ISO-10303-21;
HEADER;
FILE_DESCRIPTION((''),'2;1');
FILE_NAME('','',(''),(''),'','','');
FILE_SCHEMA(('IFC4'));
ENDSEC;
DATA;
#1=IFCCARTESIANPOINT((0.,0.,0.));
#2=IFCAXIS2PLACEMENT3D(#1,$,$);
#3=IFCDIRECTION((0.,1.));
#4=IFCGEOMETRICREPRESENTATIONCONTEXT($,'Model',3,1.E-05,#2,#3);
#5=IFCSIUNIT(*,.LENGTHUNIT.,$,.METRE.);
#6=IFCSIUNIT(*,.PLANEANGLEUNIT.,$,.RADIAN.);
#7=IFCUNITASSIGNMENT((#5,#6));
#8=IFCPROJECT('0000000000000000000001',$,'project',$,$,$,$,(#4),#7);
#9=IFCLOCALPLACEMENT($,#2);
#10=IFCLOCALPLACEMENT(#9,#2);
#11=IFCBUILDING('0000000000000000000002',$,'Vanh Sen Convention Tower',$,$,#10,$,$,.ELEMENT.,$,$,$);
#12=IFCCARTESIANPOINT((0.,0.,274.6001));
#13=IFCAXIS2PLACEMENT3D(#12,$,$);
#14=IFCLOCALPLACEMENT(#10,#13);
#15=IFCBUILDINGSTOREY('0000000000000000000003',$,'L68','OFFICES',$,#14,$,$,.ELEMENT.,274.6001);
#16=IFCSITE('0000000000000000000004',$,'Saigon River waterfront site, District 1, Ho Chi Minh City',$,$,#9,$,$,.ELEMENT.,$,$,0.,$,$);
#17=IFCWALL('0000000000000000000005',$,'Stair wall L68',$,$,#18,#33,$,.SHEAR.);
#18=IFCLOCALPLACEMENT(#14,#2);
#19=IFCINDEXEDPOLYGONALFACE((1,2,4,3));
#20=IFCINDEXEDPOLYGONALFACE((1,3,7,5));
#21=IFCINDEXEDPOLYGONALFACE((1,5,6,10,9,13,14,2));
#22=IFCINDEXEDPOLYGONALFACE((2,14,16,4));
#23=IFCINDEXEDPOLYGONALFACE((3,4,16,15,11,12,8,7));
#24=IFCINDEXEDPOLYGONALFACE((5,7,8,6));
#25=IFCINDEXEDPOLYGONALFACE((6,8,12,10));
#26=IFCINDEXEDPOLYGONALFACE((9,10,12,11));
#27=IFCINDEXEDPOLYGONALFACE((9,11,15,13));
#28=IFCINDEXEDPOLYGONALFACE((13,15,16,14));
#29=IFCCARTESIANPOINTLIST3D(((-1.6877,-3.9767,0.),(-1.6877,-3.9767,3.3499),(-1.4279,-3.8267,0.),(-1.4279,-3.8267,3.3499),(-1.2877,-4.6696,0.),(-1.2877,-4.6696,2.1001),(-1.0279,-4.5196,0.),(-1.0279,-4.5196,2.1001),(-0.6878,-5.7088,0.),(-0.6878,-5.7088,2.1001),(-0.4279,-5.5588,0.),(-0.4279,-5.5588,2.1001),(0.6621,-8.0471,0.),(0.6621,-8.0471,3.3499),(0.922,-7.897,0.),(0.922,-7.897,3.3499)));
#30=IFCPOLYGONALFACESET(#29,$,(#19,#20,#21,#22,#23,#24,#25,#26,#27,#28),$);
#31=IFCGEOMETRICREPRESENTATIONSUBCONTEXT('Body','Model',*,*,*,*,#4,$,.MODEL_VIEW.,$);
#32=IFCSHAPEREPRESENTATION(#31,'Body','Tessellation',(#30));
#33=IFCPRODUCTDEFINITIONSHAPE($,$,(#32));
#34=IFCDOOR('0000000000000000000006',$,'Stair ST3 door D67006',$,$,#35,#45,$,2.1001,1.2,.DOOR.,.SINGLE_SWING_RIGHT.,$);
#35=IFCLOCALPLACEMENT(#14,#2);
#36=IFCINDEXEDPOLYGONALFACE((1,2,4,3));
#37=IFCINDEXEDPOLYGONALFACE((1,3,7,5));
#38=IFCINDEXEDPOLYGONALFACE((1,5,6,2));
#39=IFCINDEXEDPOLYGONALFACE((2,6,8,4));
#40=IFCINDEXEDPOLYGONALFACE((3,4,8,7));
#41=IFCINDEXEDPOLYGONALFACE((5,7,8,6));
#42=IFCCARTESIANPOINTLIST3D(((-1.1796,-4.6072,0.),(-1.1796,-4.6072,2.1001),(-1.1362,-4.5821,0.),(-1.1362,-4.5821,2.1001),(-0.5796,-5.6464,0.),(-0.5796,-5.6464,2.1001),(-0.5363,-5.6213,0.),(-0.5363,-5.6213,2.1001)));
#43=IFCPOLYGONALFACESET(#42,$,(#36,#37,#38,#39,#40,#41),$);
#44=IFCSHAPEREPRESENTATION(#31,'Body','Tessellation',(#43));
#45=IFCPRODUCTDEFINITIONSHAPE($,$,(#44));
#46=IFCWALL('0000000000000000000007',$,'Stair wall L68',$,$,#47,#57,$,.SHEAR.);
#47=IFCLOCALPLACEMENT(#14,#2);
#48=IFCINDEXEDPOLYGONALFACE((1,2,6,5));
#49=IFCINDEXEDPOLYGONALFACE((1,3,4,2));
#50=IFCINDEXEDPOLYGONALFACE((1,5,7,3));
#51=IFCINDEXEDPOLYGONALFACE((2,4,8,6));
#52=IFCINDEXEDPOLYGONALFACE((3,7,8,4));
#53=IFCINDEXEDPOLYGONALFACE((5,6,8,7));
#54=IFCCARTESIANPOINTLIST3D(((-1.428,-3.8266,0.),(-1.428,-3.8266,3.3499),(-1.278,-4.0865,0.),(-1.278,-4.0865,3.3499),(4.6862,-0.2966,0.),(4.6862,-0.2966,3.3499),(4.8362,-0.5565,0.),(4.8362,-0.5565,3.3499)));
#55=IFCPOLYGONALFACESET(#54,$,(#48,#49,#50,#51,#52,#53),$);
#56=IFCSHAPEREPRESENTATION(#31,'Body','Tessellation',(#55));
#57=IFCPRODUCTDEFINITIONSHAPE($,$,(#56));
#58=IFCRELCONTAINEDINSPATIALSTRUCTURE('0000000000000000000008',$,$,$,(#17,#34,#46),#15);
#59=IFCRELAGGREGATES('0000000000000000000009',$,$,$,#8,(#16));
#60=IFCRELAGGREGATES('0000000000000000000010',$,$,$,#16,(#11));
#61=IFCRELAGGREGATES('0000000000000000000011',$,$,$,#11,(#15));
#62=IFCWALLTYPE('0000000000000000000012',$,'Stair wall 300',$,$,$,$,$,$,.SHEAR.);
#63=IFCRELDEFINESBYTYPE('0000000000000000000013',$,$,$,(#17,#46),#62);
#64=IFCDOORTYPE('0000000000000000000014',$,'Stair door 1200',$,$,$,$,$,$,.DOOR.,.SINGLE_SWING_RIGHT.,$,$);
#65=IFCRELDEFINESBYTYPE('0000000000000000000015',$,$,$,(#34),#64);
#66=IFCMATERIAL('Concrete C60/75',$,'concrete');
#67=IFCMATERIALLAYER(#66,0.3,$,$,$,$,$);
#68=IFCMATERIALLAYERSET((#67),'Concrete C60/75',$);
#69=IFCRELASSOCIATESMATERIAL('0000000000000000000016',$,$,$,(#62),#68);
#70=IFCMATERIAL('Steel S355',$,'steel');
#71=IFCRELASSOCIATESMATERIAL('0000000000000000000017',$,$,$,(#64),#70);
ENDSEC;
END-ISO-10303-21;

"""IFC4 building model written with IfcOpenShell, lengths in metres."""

from ifc_helpers import new_model, si_unit, direction, frame, frame_2d, origin, place, context, subcontext, project, spatial, rectangle, extrude, material, layer, layer_set, type_object, element, fill, save


model = new_model("IFC4")

# Units and contexts
model_context = context("Model", 3, precision=1e-05, world=origin(), true_north=direction((0.0, 1.0)))
body_context = subcontext(model_context, "Body", "Model", "MODEL_VIEW")
ifc_project = project(units=[si_unit("LENGTHUNIT", "METRE"), si_unit("PLANEANGLEUNIT", "RADIAN")], contexts=[model_context])

# Site, building, storey
site_placement = place(None, origin())
site = spatial("IfcSite", under=ifc_project, at=site_placement, Name="Saigon River waterfront site, District 1, Ho Chi Minh City", CompositionType="ELEMENT", RefElevation=0.0)
building_placement = place(site_placement, origin())
building = spatial("IfcBuilding", under=site, at=building_placement, Name="Vanh Sen Convention Tower", CompositionType="ELEMENT")
storey_placement = place(building_placement, frame((0.0, 0.0, 274.6001)))
storey = spatial("IfcBuildingStorey", under=building, at=storey_placement, Name="L68", Description="OFFICES", CompositionType="ELEMENT", Elevation=274.6001)

# Shared definitions
ifc_material_1 = material(Name="Concrete C60/75", Category="concrete")
ifc_material_2 = material(Name="Steel S355", Category="steel")

# Shared definitions
ifc_layer_1 = layer(ifc_material_1, 0.3)
ifc_layer_set_1 = layer_set([ifc_layer_1], Name="Concrete C60/75")
wall_type_1 = type_object("IfcWallType", Name="Stair wall 300", PredefinedType="SHEAR", material=ifc_layer_set_1)

# Wall, opening, door
wall_1_placement = place(storey_placement, frame((-1.5579, -3.9016, 0.0), z_axis=(0.0, 0.0, 1.0), x_axis=(0.499977, -0.866039, 0.0)))
wall_1 = element("IfcWall", 1, at=wall_1_placement, inside=storey, type_object=wall_type_1, Name="Stair wall L68", PredefinedType="SHEAR", context=body_context, shape_type="SweptSolid", body=[
    extrude(rectangle(XDim=4.7, YDim=0.3, at=frame_2d((2.3501, 0.0))), origin(), (0.0, 0.0, 1.0), 3.3499),
])
opening_1_placement = place(wall_1_placement, frame((0.8, 0.0, 0.0)))
opening_1 = element("IfcOpeningElement", 2, at=opening_1_placement, cuts=wall_1, PredefinedType="OPENING", context=body_context, shape_type="SweptSolid", body=[
    extrude(rectangle(XDim=1.2, YDim=2.1001, at=frame_2d((0.6001, 1.05))), frame((0.0, 0.1599, 0.0), z_axis=(0.0, -1.0, 0.0), x_axis=(1.0, 0.0, 0.0)), (0.0, 0.0, 1.0), 0.3201),
])
door_type_1 = type_object("IfcDoorType", Name="Stair door 1200", OperationType="SINGLE_SWING_RIGHT", PredefinedType="DOOR", material=ifc_material_2)
door_1_placement = place(opening_1_placement, origin())
door_1 = element("IfcDoor", 3, at=door_1_placement, inside=storey, type_object=door_type_1, Name="Stair ST3 door D67006", OperationType="SINGLE_SWING_RIGHT", OverallHeight=2.1001, OverallWidth=1.2, PredefinedType="DOOR", context=body_context, shape_type="SweptSolid", body=[
    extrude(rectangle(XDim=1.2, YDim=2.1001, at=frame_2d((0.6001, 1.05))), frame((0.0, 0.0249, 0.0), z_axis=(0.0, -1.0, 0.0), x_axis=(1.0, 0.0, 0.0)), (0.0, 0.0, 1.0), 0.05),
])
fill(opening_1, door_1)

# Wall
wall_2_placement = place(storey_placement, frame((-1.353, -3.9565, 0.0), z_axis=(0.0, 0.0, 1.0), x_axis=(0.866028, 0.499996, 0.0)))
element("IfcWall", 4, at=wall_2_placement, inside=storey, type_object=wall_type_1, Name="Stair wall L68", PredefinedType="SHEAR", context=body_context, shape_type="SweptSolid", body=[
    extrude(rectangle(XDim=7.0601, YDim=0.3, at=frame_2d((3.53, 0.0))), origin(), (0.0, 0.0, 1.0), 3.3499),
])

save(model, "model.ifc")
